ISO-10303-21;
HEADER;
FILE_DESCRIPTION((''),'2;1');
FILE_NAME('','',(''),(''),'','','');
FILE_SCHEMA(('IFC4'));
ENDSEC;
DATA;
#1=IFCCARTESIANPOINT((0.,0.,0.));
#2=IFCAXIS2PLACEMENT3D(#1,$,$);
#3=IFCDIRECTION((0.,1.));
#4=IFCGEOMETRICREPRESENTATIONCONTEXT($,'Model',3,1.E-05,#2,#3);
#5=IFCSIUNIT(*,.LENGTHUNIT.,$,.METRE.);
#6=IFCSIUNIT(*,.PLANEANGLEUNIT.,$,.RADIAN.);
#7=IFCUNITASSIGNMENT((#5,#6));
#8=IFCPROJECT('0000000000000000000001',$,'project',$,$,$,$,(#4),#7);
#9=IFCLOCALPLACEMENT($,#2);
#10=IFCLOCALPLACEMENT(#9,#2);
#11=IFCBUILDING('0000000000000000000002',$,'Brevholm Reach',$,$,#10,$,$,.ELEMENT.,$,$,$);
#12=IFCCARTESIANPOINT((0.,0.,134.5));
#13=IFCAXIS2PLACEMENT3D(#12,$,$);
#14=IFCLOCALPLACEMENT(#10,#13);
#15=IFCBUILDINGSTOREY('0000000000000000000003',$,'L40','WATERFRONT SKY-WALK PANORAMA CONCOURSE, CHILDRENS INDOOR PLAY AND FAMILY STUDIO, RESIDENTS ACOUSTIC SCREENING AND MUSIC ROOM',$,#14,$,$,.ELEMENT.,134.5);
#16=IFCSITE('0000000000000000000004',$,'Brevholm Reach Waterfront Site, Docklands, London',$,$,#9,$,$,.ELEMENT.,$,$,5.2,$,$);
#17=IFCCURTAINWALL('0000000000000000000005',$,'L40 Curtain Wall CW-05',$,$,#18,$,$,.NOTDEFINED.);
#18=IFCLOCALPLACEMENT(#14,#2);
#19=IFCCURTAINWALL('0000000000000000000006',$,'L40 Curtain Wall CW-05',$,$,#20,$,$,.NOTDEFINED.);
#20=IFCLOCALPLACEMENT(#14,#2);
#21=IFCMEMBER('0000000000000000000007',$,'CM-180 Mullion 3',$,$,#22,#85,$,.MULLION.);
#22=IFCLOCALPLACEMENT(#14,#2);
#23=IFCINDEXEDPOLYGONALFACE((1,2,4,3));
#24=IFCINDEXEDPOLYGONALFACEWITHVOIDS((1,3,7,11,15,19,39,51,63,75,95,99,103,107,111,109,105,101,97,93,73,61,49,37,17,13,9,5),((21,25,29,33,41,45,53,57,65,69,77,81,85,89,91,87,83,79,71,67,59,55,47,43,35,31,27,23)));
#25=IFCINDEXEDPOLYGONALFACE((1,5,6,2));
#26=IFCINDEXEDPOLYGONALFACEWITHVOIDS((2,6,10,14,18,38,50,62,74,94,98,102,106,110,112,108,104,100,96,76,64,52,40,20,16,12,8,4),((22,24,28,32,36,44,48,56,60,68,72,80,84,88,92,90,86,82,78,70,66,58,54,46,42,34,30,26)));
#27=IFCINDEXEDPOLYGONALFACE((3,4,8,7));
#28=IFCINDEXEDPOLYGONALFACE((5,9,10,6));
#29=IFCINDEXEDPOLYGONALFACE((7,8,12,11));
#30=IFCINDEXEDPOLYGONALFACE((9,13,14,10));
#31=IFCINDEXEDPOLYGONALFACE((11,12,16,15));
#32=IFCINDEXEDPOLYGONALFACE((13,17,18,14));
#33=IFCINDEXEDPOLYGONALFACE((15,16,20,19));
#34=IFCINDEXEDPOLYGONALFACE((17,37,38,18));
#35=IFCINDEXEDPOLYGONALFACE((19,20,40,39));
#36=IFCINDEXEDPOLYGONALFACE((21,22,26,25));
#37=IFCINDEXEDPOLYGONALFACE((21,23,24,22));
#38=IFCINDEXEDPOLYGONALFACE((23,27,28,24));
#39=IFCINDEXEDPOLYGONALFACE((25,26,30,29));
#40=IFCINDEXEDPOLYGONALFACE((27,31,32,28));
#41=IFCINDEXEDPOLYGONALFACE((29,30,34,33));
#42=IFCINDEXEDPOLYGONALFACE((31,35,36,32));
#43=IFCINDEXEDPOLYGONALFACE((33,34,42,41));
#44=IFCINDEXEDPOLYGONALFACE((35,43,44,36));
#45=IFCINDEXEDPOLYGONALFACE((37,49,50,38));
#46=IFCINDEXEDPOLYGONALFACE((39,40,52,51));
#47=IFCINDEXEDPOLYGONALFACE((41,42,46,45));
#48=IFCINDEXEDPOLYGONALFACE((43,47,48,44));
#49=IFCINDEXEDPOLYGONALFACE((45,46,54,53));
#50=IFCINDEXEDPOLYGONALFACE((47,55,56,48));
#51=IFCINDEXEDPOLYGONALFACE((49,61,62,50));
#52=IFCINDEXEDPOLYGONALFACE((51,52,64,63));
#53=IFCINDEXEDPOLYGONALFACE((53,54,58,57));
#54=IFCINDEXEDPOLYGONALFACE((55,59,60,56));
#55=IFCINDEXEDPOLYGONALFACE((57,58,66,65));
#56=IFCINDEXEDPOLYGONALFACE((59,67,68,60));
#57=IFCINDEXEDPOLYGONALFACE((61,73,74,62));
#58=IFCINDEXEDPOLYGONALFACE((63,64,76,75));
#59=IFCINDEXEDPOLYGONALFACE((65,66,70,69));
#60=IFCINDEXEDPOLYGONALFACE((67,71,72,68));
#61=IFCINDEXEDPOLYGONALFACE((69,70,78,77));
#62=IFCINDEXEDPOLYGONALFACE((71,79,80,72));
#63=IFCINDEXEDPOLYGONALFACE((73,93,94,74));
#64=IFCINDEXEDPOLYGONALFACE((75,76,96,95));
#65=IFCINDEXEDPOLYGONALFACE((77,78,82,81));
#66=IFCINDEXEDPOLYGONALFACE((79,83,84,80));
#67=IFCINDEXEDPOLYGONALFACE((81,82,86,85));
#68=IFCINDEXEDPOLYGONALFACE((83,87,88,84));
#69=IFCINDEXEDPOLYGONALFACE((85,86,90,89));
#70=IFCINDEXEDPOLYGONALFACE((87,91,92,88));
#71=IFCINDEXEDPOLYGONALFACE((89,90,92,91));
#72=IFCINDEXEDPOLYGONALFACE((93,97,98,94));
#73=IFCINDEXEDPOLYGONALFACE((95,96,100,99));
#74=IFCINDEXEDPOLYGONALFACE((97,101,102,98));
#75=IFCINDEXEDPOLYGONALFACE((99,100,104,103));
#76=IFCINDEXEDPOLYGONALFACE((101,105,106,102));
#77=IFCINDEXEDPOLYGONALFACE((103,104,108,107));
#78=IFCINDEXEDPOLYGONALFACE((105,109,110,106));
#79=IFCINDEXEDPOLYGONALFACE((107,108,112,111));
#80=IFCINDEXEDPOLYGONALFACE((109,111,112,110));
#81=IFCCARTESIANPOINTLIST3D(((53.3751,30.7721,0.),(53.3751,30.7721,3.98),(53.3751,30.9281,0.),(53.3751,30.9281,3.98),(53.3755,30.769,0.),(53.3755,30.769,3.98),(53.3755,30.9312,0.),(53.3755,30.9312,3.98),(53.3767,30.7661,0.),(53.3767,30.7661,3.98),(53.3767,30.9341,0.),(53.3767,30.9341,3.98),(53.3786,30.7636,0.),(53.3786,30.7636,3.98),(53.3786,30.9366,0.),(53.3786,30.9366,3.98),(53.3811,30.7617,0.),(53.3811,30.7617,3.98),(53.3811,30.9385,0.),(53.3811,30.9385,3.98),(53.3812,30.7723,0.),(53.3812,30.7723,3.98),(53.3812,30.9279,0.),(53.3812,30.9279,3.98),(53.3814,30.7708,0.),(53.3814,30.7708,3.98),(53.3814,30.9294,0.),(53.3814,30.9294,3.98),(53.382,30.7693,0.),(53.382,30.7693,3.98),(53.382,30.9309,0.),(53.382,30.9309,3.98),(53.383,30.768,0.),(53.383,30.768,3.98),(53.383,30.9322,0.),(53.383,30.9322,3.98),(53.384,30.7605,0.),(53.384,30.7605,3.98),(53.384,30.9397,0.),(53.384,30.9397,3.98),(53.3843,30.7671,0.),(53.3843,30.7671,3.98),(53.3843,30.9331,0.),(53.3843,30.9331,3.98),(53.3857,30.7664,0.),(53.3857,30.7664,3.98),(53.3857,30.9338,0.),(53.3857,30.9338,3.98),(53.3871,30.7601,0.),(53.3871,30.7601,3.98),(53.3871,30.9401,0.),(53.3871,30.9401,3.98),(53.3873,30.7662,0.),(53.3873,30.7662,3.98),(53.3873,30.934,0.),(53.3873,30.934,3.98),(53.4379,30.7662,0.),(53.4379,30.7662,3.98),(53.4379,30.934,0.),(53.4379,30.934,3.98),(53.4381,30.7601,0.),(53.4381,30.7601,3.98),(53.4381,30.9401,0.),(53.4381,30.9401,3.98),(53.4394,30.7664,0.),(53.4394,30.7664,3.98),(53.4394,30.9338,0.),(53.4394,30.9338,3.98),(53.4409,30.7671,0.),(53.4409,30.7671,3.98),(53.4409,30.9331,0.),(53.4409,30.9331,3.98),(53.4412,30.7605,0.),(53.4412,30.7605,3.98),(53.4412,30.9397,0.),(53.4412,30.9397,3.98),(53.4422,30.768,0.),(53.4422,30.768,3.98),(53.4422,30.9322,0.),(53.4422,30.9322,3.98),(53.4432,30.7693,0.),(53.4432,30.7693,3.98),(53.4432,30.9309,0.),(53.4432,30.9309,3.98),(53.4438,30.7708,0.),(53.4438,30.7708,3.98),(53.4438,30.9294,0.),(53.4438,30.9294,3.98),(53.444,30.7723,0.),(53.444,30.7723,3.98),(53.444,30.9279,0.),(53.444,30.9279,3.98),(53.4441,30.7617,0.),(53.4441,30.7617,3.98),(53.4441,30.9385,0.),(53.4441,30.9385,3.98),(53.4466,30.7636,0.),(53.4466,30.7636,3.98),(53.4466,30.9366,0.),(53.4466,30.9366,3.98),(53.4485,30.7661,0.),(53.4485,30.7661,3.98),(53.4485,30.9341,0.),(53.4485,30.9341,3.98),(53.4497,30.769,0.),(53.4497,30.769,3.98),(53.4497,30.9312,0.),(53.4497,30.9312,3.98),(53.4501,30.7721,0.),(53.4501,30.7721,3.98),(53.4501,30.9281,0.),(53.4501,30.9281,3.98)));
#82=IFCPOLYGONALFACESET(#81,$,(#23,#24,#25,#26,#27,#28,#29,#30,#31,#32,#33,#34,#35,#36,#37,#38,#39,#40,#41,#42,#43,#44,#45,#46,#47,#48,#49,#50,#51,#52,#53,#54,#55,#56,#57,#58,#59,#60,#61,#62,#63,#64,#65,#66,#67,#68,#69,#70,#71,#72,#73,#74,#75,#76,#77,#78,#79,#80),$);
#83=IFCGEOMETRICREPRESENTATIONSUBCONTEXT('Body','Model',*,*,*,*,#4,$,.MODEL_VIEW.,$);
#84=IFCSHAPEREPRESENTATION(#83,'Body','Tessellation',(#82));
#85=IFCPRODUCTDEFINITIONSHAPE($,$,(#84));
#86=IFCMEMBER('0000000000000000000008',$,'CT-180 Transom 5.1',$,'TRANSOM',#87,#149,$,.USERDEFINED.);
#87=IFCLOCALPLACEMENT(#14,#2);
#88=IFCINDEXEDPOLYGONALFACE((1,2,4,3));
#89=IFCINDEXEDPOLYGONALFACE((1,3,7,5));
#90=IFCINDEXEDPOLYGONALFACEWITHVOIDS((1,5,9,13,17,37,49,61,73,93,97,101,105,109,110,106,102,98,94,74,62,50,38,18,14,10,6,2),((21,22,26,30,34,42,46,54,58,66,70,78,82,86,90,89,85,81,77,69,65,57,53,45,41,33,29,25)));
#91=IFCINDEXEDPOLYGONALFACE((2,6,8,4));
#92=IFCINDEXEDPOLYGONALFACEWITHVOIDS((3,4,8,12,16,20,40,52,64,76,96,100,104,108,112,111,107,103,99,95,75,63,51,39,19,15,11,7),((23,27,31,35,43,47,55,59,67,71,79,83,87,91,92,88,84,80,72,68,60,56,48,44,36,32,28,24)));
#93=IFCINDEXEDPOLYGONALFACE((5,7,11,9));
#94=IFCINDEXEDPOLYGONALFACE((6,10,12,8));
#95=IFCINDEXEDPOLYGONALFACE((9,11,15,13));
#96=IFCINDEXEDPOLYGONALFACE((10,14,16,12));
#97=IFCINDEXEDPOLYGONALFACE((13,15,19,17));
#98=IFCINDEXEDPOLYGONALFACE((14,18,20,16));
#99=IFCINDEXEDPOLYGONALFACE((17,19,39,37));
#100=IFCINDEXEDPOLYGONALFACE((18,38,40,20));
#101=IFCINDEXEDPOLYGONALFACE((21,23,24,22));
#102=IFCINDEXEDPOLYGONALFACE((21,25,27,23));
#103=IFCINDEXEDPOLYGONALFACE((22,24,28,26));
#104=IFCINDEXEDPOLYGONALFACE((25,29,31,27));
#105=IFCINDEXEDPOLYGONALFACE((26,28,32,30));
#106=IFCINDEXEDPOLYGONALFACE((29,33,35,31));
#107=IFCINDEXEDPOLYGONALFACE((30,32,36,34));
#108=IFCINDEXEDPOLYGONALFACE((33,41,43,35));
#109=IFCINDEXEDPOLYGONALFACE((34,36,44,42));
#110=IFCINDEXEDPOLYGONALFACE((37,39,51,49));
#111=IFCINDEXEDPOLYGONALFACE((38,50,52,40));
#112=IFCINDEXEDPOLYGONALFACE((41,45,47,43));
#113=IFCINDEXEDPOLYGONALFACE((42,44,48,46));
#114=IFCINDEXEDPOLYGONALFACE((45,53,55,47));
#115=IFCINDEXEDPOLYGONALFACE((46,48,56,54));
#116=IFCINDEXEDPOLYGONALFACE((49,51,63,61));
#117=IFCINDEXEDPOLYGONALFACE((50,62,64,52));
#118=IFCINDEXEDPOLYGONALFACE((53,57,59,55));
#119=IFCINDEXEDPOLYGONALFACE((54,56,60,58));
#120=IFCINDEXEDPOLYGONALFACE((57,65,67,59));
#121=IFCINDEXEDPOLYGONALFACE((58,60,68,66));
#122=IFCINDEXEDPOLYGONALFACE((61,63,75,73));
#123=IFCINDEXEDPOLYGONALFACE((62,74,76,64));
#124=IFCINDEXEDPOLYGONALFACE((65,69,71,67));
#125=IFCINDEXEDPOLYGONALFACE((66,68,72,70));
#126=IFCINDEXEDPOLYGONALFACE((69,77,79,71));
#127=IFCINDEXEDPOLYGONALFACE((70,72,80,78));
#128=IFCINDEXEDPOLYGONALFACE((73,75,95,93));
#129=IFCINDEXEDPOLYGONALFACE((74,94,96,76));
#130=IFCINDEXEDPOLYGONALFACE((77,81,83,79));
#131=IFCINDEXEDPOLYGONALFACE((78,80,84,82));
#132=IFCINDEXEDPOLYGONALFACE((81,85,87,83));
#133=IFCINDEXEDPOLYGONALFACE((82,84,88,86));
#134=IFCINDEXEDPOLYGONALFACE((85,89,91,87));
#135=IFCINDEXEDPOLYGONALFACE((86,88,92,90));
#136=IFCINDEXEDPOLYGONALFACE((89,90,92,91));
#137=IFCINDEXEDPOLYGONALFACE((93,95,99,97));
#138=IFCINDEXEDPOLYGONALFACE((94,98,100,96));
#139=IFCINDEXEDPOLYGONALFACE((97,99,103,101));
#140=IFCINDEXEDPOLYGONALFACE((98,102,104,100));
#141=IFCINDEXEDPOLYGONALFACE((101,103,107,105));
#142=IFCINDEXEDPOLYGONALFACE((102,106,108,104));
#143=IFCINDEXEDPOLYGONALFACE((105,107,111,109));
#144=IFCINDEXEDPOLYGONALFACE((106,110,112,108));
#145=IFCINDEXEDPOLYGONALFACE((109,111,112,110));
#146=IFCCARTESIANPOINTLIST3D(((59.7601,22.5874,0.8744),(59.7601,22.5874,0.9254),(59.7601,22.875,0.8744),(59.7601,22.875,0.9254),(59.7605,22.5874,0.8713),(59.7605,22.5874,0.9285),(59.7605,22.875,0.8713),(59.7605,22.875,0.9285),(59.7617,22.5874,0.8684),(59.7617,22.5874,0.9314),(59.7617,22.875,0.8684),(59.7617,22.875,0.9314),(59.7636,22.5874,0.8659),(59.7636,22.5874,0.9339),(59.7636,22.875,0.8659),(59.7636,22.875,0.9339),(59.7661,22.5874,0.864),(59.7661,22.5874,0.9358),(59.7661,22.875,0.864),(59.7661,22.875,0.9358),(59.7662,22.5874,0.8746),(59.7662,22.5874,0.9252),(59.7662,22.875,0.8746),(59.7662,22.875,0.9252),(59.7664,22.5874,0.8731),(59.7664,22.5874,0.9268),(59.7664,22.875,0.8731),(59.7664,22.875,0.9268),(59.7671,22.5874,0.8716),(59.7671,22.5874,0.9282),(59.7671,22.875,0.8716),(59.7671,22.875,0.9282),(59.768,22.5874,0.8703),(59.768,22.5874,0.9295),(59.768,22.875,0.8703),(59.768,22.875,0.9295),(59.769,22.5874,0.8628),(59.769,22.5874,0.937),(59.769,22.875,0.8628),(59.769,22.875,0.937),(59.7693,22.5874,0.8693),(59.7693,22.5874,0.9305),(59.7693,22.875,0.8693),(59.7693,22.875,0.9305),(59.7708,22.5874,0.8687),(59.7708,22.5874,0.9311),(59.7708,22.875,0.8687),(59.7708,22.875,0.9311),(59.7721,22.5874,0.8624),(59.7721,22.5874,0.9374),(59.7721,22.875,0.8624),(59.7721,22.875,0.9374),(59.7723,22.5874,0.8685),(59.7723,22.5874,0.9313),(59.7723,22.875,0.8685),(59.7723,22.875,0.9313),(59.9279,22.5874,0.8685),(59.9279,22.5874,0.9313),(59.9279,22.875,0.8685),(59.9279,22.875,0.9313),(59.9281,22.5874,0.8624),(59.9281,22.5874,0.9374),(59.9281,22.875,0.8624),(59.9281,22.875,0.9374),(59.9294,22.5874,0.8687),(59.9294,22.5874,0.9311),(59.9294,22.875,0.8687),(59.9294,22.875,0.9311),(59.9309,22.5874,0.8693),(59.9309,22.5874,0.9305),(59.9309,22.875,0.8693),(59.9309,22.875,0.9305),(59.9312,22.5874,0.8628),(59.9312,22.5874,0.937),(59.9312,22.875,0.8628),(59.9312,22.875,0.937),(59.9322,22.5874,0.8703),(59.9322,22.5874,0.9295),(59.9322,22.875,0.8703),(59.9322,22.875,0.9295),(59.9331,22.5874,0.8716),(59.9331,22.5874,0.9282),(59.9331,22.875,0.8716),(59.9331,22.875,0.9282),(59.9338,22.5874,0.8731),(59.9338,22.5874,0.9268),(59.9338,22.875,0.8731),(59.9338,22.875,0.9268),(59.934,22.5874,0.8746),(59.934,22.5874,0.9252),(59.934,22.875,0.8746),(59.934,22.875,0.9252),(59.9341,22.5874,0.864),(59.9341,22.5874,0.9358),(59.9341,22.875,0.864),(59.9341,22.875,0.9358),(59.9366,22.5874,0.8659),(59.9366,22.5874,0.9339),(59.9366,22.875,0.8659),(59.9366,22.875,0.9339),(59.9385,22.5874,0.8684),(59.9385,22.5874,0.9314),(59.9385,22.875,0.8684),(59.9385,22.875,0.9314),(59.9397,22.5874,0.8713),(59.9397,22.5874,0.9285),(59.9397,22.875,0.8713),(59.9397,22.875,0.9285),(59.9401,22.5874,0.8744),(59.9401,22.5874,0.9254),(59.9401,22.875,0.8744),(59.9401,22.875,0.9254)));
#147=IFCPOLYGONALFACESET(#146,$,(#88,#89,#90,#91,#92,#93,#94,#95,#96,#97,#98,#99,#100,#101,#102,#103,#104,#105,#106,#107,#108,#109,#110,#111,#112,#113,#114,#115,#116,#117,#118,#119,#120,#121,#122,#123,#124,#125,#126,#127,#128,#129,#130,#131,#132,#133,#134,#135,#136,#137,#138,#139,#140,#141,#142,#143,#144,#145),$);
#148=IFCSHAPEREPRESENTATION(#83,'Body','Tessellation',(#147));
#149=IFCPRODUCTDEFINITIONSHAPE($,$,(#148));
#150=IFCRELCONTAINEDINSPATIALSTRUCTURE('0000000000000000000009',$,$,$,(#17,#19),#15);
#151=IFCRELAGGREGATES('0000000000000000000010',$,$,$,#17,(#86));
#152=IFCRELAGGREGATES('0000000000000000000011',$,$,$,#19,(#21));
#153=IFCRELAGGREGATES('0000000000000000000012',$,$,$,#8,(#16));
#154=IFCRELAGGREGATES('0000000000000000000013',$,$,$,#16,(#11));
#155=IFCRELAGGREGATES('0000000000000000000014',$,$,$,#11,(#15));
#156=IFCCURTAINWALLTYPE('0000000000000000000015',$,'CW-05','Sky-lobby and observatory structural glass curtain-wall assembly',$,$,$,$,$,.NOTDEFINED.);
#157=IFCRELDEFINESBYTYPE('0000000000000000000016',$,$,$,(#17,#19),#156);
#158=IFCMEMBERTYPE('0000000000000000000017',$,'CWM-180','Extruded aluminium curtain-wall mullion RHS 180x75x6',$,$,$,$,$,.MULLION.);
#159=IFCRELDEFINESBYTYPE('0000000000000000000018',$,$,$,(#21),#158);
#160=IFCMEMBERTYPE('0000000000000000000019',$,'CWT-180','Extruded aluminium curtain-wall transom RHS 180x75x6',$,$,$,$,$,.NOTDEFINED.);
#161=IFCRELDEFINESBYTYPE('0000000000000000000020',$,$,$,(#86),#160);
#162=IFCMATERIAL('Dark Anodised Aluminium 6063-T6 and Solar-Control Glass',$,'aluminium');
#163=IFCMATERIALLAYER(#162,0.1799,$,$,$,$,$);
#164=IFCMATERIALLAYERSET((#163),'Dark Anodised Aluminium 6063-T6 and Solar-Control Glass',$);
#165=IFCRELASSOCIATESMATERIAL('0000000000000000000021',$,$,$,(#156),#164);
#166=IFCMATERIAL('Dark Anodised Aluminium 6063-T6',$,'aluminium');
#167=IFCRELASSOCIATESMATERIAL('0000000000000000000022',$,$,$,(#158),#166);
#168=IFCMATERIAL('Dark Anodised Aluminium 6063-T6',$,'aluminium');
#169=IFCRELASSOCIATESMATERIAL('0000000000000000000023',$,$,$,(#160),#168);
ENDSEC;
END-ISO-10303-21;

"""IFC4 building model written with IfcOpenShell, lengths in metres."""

from ifc_helpers import new_model, si_unit, direction, frame, origin, origin_2d, place, context, subcontext, project, spatial, hollow_rectangle, extrude, material, layer, layer_set, material_profile, profile_set, type_object, element, aggregate, save


model = new_model("IFC4")

# Units and contexts
model_context = context("Model", 3, precision=1e-05, world=origin(), true_north=direction((0.0, 1.0)))
body_context = subcontext(model_context, "Body", "Model", "MODEL_VIEW")
ifc_project = project(units=[si_unit("LENGTHUNIT", "METRE"), si_unit("PLANEANGLEUNIT", "RADIAN")], contexts=[model_context])

# Site, building, storey
site_placement = place(None, origin())
site = spatial("IfcSite", under=ifc_project, at=site_placement, Name="Brevholm Reach Waterfront Site, Docklands, London", CompositionType="ELEMENT", RefElevation=5.2)
building_placement = place(site_placement, origin())
building = spatial("IfcBuilding", under=site, at=building_placement, Name="Brevholm Reach", CompositionType="ELEMENT")
storey_placement = place(building_placement, frame((0.0, 0.0, 134.5)))
storey = spatial("IfcBuildingStorey", under=building, at=storey_placement, Name="L40", Description="WATERFRONT SKY-WALK PANORAMA CONCOURSE, CHILDRENS INDOOR PLAY AND FAMILY STUDIO, RESIDENTS ACOUSTIC SCREENING AND MUSIC ROOM", CompositionType="ELEMENT", Elevation=134.5)

# Curtain wall
ifc_material_1 = material(Name="Dark Anodised Aluminium 6063-T6 and Solar-Control Glass", Category="aluminium")
ifc_layer_1 = layer(ifc_material_1, 0.1799)
ifc_layer_set_1 = layer_set([ifc_layer_1], Name="Dark Anodised Aluminium 6063-T6 and Solar-Control Glass")
curtain_wall_type = type_object("IfcCurtainWallType", Name="CW-05", Description="Sky-lobby and observatory structural glass curtain-wall assembly", PredefinedType="NOTDEFINED", material=ifc_layer_set_1)
curtain_wall_1_placement = place(storey_placement, origin())
curtain_wall_1 = element("IfcCurtainWall", 1, at=curtain_wall_1_placement, inside=storey, type_object=curtain_wall_type, Name="L40 Curtain Wall CW-05", PredefinedType="NOTDEFINED")
ifc_material_2 = material(Name="Dark Anodised Aluminium 6063-T6", Category="aluminium")
ifc_material_profile_1 = material_profile(ifc_material_2, hollow_rectangle(XDim=0.075, YDim=0.1799, WallThickness=0.0061, InnerFilletRadius=0.0061, OuterFilletRadius=0.012, at=origin_2d()), Name="RHS 180x75x6")
ifc_profile_set_1 = profile_set([ifc_material_profile_1], Name="Dark Anodised Aluminium 6063-T6")
member_type_1 = type_object("IfcMemberType", Name="CWM-180", Description="Extruded aluminium curtain-wall mullion RHS 180x75x6", PredefinedType="MULLION", material=ifc_profile_set_1)

# Curtain wall, member
curtain_wall_2_placement = place(storey_placement, origin())
curtain_wall_2 = element("IfcCurtainWall", 2, at=curtain_wall_2_placement, inside=storey, type_object=curtain_wall_type, Name="L40 Curtain Wall CW-05", PredefinedType="NOTDEFINED")
member_1_placement = place(storey_placement, frame((53.4126, 30.8501, 0.0), z_axis=(0.0, 0.0, 1.0), x_axis=(1.0, 0.0, 0.0)))
member_1 = element("IfcMember", 3, at=member_1_placement, type_object=member_type_1, Name="CM-180 Mullion 3", PredefinedType="MULLION", context=body_context, shape_type="SweptSolid", body=[
    extrude(hollow_rectangle(XDim=0.075, YDim=0.1799, WallThickness=0.0061, InnerFilletRadius=0.0061, OuterFilletRadius=0.012, at=origin_2d()), origin(), (0.0, 0.0, 1.0), 3.98),
])

# Member
ifc_material_3 = material(Name="Dark Anodised Aluminium 6063-T6", Category="aluminium")
ifc_material_profile_2 = material_profile(ifc_material_3, hollow_rectangle(XDim=0.075, YDim=0.1799, WallThickness=0.0061, InnerFilletRadius=0.0061, OuterFilletRadius=0.012, at=origin_2d()), Name="RHS 180x75x6")
ifc_profile_set_2 = profile_set([ifc_material_profile_2], Name="Dark Anodised Aluminium 6063-T6")
member_type_2 = type_object("IfcMemberType", Name="CWT-180", Description="Extruded aluminium curtain-wall transom RHS 180x75x6", PredefinedType="NOTDEFINED", material=ifc_profile_set_2)
member_2_placement = place(storey_placement, frame((59.8501, 22.5874, 0.8999), z_axis=(0.0, 1.0, 0.0), x_axis=(0.0, 0.0, 1.0)))
member_2 = element("IfcMember", 4, at=member_2_placement, type_object=member_type_2, Name="CT-180 Transom 5.1", ObjectType="TRANSOM", PredefinedType="USERDEFINED", context=body_context, shape_type="SweptSolid", body=[
    extrude(hollow_rectangle(XDim=0.075, YDim=0.1799, WallThickness=0.0061, InnerFilletRadius=0.0061, OuterFilletRadius=0.012, at=origin_2d()), origin(), (0.0, 0.0, 1.0), 0.2876),
])

aggregate(curtain_wall_1, [member_2])
aggregate(curtain_wall_2, [member_1])

save(model, "model.ifc")
